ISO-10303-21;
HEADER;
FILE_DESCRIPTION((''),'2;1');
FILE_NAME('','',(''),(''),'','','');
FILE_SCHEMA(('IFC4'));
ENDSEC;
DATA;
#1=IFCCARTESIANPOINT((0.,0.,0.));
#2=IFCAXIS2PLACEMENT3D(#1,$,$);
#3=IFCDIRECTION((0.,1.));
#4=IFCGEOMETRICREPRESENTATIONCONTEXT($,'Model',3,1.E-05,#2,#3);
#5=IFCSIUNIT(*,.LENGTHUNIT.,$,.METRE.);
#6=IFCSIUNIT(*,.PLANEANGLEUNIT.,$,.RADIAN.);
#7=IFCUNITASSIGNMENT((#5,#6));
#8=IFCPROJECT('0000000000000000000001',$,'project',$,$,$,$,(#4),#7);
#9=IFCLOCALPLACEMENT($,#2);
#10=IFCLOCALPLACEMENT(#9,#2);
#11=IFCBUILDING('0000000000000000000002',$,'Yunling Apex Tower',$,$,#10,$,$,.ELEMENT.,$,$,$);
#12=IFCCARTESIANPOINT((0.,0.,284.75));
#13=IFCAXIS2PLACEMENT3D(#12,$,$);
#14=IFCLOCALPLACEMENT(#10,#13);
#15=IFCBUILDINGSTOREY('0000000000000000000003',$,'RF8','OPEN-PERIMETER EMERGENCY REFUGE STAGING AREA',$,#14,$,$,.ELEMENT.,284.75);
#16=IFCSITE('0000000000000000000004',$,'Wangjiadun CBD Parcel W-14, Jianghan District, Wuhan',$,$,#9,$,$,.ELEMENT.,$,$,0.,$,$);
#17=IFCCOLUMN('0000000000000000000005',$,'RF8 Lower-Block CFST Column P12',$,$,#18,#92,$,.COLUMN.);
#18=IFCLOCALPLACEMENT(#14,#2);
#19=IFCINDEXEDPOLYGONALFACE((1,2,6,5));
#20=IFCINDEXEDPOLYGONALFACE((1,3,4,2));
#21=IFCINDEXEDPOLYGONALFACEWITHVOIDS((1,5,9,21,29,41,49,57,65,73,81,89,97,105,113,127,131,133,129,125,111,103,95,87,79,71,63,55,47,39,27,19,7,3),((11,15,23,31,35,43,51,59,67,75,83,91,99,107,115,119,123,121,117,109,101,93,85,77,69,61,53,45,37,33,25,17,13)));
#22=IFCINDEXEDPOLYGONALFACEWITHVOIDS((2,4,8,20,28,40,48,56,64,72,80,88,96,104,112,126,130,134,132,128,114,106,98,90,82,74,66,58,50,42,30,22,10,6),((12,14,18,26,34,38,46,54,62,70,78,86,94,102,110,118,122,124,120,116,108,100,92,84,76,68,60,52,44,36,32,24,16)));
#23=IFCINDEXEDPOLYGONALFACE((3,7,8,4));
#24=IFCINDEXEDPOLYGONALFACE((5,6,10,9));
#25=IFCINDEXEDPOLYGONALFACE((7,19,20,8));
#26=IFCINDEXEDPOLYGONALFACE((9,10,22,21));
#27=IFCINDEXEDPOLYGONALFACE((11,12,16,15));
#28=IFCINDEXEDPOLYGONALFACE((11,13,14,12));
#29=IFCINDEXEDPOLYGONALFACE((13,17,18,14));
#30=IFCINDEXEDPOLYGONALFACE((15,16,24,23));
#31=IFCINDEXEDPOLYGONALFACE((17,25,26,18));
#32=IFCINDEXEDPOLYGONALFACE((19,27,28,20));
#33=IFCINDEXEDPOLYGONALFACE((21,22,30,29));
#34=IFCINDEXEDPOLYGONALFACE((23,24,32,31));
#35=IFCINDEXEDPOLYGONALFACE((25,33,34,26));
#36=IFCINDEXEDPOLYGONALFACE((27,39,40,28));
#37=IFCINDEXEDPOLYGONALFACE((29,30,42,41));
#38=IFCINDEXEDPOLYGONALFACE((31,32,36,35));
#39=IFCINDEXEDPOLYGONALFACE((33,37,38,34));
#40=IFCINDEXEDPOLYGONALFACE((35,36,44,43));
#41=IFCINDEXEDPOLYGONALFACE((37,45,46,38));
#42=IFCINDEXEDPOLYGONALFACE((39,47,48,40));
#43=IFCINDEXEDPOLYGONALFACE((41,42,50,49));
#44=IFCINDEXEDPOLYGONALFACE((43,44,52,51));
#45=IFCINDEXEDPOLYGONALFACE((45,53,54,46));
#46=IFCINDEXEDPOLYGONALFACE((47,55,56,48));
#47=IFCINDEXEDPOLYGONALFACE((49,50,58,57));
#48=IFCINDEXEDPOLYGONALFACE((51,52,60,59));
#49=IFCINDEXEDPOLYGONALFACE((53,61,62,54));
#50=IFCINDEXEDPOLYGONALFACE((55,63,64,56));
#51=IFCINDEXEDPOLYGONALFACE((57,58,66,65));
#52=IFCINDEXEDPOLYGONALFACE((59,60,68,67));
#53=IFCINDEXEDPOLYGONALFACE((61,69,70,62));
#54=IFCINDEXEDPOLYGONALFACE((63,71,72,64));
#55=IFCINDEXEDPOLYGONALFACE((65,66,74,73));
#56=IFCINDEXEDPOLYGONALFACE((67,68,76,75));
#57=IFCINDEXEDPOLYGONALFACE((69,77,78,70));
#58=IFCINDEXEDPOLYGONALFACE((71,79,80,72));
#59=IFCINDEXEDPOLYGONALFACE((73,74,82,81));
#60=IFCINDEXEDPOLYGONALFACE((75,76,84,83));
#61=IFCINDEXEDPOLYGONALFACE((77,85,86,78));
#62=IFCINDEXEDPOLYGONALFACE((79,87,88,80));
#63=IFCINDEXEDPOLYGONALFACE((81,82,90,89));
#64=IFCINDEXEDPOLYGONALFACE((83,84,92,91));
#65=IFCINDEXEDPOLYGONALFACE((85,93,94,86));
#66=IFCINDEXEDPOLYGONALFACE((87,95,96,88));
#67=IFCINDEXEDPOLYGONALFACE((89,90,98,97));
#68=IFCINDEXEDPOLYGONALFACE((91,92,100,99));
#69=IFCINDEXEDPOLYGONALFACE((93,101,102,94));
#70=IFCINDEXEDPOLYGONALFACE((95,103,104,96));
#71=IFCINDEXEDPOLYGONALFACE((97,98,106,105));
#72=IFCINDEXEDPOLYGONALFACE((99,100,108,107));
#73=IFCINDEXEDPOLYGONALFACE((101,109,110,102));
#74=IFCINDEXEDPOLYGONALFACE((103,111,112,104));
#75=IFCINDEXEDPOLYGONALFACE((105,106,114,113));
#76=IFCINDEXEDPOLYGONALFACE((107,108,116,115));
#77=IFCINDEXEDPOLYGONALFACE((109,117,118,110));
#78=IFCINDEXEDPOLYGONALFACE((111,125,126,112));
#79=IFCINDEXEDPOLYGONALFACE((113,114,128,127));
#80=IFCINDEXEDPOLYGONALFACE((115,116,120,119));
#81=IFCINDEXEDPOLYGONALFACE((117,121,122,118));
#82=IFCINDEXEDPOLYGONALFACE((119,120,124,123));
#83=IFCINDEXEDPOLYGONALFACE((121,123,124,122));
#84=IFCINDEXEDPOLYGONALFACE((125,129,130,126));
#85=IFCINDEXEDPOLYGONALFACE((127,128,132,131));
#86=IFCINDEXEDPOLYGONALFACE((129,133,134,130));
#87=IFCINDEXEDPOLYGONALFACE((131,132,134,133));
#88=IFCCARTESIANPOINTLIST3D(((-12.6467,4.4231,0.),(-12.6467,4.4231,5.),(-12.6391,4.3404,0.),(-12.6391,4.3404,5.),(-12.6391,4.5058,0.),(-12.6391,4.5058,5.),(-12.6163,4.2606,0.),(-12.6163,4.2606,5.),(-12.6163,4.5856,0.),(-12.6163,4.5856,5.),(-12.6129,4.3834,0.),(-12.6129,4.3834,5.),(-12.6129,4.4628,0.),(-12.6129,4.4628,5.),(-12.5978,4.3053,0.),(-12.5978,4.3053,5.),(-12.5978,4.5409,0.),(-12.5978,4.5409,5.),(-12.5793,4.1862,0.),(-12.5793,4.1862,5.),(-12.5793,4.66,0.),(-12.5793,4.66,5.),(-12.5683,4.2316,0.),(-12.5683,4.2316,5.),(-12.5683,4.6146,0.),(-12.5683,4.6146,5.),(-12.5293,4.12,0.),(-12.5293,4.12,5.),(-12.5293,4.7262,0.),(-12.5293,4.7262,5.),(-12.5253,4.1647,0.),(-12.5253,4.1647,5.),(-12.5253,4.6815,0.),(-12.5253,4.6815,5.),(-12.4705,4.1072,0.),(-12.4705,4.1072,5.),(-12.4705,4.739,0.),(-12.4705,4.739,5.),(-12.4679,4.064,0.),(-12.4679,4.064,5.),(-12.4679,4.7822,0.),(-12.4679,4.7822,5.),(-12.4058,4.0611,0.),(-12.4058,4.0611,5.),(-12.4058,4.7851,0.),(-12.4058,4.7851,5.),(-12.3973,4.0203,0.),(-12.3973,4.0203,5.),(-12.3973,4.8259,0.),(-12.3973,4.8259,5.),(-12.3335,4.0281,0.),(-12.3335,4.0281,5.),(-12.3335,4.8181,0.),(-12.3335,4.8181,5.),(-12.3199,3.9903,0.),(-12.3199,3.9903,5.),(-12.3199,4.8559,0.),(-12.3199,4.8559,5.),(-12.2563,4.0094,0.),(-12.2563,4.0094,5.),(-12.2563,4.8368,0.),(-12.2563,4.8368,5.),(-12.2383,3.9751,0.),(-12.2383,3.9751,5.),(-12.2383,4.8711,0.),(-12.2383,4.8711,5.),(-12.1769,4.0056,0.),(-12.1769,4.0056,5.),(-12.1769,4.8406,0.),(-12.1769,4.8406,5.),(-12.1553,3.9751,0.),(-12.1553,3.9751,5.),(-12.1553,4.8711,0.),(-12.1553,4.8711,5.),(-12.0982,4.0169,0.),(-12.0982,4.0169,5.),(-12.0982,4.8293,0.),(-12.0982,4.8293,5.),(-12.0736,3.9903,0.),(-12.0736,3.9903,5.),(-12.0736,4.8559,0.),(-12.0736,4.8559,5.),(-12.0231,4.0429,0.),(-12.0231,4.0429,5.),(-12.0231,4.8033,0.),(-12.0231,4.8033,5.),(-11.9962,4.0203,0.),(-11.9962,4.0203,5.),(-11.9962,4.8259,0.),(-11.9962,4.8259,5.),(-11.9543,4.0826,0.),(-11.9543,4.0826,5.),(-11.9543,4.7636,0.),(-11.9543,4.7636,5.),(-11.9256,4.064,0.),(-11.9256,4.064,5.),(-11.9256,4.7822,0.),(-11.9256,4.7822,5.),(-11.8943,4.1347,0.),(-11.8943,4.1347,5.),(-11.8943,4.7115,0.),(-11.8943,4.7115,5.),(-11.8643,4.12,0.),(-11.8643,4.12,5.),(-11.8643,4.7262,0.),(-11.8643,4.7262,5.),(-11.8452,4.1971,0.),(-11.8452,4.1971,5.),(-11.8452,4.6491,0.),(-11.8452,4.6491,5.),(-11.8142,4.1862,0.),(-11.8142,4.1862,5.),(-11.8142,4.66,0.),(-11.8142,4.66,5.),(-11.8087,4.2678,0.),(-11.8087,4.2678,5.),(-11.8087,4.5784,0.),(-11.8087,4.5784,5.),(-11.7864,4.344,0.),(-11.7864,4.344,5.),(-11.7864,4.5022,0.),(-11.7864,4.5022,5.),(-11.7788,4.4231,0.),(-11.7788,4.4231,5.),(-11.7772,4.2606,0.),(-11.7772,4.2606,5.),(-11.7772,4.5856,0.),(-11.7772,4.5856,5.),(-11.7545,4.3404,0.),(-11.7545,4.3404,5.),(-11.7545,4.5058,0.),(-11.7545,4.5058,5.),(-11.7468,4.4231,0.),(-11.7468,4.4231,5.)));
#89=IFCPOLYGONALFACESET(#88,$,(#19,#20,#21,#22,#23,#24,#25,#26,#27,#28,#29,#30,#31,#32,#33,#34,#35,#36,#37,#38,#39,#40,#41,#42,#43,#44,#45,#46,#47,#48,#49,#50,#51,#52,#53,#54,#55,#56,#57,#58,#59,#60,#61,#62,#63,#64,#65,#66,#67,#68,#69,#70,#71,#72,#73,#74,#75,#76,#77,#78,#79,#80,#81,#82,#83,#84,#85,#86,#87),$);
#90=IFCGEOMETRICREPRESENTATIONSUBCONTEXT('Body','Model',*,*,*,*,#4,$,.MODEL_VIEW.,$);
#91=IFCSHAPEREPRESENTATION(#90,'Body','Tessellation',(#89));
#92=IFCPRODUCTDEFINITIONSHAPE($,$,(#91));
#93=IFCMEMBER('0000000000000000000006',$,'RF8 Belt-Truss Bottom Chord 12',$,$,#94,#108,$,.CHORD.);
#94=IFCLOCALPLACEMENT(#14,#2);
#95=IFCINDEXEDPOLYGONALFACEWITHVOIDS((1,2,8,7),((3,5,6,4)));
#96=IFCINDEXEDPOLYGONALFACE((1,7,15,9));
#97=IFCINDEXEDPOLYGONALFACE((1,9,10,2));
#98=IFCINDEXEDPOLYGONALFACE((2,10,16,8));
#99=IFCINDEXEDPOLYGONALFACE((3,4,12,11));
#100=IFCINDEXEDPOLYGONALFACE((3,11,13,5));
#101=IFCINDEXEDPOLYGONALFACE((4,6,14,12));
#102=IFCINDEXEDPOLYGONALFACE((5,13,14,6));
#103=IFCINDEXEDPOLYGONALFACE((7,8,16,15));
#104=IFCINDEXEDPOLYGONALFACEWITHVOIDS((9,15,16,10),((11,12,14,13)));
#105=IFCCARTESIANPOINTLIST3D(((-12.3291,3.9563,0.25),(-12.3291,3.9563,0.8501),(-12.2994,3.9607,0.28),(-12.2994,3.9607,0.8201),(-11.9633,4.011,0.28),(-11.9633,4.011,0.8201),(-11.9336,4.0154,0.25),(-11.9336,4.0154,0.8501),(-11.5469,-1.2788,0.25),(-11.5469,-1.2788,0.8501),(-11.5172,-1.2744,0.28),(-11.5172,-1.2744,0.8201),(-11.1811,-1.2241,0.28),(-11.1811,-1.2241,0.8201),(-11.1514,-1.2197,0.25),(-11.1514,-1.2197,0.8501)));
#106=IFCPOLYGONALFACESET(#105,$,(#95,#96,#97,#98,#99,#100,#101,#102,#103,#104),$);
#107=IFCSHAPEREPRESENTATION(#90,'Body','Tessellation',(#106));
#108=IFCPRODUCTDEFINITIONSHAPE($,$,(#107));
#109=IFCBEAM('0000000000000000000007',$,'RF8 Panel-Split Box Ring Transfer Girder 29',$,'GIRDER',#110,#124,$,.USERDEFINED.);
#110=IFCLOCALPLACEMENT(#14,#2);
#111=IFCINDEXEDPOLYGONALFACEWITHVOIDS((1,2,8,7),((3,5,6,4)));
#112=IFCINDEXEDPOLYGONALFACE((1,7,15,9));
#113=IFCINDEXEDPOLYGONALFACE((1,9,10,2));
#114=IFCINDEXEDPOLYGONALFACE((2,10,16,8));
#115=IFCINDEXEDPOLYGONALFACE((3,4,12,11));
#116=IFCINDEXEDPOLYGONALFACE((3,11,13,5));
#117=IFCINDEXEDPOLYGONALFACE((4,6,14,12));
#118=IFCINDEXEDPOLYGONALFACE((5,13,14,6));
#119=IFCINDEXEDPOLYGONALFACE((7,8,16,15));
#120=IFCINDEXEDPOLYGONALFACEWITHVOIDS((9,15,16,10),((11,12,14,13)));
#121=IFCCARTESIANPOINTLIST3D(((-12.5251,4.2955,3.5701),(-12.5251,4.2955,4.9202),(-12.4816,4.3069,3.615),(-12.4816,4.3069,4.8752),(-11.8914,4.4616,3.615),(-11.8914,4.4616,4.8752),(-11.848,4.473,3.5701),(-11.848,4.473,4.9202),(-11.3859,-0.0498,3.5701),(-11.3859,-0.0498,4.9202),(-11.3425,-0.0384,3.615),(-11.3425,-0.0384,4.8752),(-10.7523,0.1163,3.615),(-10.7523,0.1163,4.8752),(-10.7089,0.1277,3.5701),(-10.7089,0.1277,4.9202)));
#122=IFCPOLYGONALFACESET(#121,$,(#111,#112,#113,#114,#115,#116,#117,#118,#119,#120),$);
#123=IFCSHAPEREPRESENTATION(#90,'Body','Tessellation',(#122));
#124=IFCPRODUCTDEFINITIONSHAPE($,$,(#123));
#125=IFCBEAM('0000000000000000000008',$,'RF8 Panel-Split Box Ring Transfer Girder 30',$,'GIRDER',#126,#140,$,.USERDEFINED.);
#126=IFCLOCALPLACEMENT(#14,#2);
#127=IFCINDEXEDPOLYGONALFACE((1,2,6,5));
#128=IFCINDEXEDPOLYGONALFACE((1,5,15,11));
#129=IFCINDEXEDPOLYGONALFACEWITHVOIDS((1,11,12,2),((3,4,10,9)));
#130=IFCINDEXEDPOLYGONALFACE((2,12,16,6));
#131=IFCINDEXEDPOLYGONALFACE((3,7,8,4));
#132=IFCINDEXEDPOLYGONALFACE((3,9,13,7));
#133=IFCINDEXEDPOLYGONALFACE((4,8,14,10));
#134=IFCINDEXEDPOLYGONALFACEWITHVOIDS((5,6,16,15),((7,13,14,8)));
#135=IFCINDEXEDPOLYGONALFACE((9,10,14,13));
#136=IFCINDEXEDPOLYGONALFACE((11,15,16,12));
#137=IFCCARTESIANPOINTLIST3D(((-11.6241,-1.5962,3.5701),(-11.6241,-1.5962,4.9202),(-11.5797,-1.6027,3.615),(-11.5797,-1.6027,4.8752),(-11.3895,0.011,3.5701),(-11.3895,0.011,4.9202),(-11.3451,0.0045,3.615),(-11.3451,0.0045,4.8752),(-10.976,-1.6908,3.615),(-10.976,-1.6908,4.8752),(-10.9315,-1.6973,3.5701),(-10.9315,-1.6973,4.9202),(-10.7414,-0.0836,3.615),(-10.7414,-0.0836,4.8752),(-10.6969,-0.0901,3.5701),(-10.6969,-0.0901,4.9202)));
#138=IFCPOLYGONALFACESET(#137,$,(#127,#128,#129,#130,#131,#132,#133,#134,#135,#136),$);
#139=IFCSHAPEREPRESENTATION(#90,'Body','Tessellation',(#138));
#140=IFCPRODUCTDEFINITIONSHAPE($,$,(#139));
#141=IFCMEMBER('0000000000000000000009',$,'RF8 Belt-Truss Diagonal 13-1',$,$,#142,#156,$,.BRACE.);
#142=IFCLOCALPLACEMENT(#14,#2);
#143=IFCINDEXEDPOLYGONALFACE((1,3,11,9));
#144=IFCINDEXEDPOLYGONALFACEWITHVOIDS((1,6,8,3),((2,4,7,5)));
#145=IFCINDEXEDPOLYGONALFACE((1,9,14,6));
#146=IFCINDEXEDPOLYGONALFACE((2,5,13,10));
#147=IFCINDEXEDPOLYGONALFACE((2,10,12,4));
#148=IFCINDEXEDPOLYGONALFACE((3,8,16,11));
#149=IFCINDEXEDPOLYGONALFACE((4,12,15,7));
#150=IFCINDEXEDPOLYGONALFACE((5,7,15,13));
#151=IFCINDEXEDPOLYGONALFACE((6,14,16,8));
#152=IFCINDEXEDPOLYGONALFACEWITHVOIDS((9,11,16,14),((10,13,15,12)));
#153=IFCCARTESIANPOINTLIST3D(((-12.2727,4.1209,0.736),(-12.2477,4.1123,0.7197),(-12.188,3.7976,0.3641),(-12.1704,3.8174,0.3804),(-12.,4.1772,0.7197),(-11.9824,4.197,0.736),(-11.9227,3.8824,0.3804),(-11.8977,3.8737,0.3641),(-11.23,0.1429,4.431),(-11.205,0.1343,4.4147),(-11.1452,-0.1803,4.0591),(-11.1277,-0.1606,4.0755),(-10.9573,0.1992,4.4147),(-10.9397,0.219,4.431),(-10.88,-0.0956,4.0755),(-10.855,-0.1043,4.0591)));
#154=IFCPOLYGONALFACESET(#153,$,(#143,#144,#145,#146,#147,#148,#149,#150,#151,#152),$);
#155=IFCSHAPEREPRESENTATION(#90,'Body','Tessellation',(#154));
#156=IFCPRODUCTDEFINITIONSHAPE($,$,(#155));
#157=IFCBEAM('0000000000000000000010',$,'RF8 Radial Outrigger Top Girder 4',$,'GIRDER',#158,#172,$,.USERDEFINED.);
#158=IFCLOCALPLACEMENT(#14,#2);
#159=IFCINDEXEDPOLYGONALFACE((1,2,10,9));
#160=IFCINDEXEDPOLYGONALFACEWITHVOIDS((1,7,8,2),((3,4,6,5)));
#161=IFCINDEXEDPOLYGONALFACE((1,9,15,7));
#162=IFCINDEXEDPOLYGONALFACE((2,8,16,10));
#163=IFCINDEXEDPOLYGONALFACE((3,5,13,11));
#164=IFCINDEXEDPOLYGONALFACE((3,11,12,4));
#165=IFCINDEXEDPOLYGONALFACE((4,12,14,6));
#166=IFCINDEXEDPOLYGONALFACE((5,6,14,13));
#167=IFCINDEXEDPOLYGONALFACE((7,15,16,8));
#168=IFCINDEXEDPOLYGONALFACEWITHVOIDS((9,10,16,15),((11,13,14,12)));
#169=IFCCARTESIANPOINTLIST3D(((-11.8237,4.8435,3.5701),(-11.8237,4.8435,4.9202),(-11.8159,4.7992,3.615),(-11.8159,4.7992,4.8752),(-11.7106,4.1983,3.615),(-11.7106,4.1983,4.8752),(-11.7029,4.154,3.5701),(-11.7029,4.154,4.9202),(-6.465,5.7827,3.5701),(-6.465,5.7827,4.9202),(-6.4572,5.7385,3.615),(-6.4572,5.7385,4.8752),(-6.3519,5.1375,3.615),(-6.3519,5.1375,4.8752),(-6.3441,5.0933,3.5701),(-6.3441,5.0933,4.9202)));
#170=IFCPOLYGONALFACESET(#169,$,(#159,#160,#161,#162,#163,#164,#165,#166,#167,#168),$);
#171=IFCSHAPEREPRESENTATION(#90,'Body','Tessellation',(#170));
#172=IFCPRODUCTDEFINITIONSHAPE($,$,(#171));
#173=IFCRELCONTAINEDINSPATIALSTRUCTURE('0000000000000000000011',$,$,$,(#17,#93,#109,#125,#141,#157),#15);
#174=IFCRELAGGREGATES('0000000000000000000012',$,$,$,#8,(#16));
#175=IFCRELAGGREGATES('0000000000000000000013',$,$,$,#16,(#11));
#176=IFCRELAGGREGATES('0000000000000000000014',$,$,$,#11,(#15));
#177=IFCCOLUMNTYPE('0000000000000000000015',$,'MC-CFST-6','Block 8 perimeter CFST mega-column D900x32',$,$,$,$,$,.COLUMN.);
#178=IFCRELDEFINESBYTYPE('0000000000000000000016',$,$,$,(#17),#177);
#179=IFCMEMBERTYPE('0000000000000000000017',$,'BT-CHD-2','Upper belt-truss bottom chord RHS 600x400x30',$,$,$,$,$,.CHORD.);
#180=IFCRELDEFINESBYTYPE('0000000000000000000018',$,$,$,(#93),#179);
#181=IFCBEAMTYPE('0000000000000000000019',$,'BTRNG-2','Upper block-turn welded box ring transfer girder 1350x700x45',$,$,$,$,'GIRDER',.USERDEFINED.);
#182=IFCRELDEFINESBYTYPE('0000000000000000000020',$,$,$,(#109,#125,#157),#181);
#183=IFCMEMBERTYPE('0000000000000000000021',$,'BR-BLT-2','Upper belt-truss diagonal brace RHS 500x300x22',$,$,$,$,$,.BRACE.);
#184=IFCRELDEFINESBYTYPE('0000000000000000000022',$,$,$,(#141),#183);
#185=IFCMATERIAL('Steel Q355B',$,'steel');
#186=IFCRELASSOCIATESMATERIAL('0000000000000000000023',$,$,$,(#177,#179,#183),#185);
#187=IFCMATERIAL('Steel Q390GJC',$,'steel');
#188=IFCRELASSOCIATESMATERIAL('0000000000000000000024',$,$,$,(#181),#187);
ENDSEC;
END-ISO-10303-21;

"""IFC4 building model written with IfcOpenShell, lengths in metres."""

from ifc_helpers import new_model, si_unit, direction, frame, origin, origin_2d, place, context, subcontext, project, spatial, hollow_rectangle, hollow_circle, extrude, source, transform, mapped, material, material_profile, profile_set, type_object, element, save


model = new_model("IFC4")

# Units and contexts
model_context = context("Model", 3, precision=1e-05, world=origin(), true_north=direction((0.0, 1.0)))
body_context = subcontext(model_context, "Body", "Model", "MODEL_VIEW")
ifc_project = project(units=[si_unit("LENGTHUNIT", "METRE"), si_unit("PLANEANGLEUNIT", "RADIAN")], contexts=[model_context])

# Site, building, storey
site_placement = place(None, origin())
site = spatial("IfcSite", under=ifc_project, at=site_placement, Name="Wangjiadun CBD Parcel W-14, Jianghan District, Wuhan", CompositionType="ELEMENT", RefElevation=0.0)
building_placement = place(site_placement, origin())
building = spatial("IfcBuilding", under=site, at=building_placement, Name="Yunling Apex Tower", CompositionType="ELEMENT")
storey_placement = place(building_placement, frame((0.0, 0.0, 284.75)))
storey = spatial("IfcBuildingStorey", under=building, at=storey_placement, Name="RF8", Description="OPEN-PERIMETER EMERGENCY REFUGE STAGING AREA", CompositionType="ELEMENT", Elevation=284.75)

# Column
ifc_material_1 = material(Name="Steel Q355B", Category="steel")
ifc_material_profile_1 = material_profile(ifc_material_1, hollow_circle(Radius=0.45, WallThickness=0.032, at=origin_2d()))
ifc_profile_set_1 = profile_set([ifc_material_profile_1], Name="Steel Q355B")
column_type = type_object("IfcColumnType", Name="MC-CFST-6", Description="Block 8 perimeter CFST mega-column D900x32", PredefinedType="COLUMN", material=ifc_profile_set_1)
shared_shape_1 = source(origin(), body_context, "Body", "SweptSolid", [
    extrude(hollow_circle(Radius=0.45, WallThickness=0.032, at=origin_2d()), origin(), (0.0, 0.0, 1.0), 5.0),
])
column_placement = place(storey_placement, frame((-12.1968, 4.4231, 0.0), z_axis=(0.0, 0.0, 1.0), x_axis=(1.0, 0.0, 0.0)))
element("IfcColumn", 1, at=column_placement, inside=storey, type_object=column_type, Name="RF8 Lower-Block CFST Column P12", PredefinedType="COLUMN", context=body_context, shape_type="MappedRepresentation", body=[
    mapped(shared_shape_1, transform((0.0, 0.0, 0.0), scale=1.0)),
])

# Member
ifc_material_profile_2 = material_profile(ifc_material_1, hollow_rectangle(XDim=0.3999, YDim=0.6001, WallThickness=0.03, at=origin_2d()))
ifc_profile_set_2 = profile_set([ifc_material_profile_2], Name="Steel Q355B")
member_type_1 = type_object("IfcMemberType", Name="BT-CHD-2", Description="Upper belt-truss bottom chord RHS 600x400x30", PredefinedType="CHORD", material=ifc_profile_set_2)
shared_shape_2 = source(origin(), body_context, "Body", "SweptSolid", [
    extrude(hollow_rectangle(XDim=0.3999, YDim=0.6001, WallThickness=0.03, at=origin_2d()), origin(), (0.0, 0.0, 1.0), 5.2932),
])
member_1_placement = place(storey_placement, frame((-12.1313, 3.9858, 0.55), z_axis=(0.147779, -0.98902, 0.0), x_axis=(0.98902, 0.147779, 0.0)))
element("IfcMember", 2, at=member_1_placement, inside=storey, type_object=member_type_1, Name="RF8 Belt-Truss Bottom Chord 12", PredefinedType="CHORD", context=body_context, shape_type="MappedRepresentation", body=[
    mapped(shared_shape_2, transform((0.0, 0.0, 0.0), scale=1.0)),
])

# Beams
ifc_material_2 = material(Name="Steel Q390GJC", Category="steel")
ifc_material_profile_3 = material_profile(ifc_material_2, hollow_rectangle(XDim=0.7, YDim=1.3501, WallThickness=0.0449, at=origin_2d()))
ifc_profile_set_3 = profile_set([ifc_material_profile_3], Name="Steel Q390GJC")
beam_type = type_object("IfcBeamType", Name="BTRNG-2", Description="Upper block-turn welded box ring transfer girder 1350x700x45", ElementType="GIRDER", PredefinedType="USERDEFINED", material=ifc_profile_set_3)
shared_shape_3 = source(origin(), body_context, "Body", "SweptSolid", [
    extrude(hollow_rectangle(XDim=0.7, YDim=1.3501, WallThickness=0.0449, at=origin_2d()), origin(), (0.0, 0.0, 1.0), 4.4922),
])
beam_1_placement = place(storey_placement, frame((-12.1865, 4.3843, 4.2451), z_axis=(0.253581, -0.967314, 0.0), x_axis=(0.967314, 0.253581, 0.0)))
element("IfcBeam", 3, at=beam_1_placement, inside=storey, type_object=beam_type, Name="RF8 Panel-Split Box Ring Transfer Girder 29", ObjectType="GIRDER", PredefinedType="USERDEFINED", context=body_context, shape_type="MappedRepresentation", body=[
    mapped(shared_shape_3, transform((0.0, 0.0, 0.0), scale=1.0)),
])
shared_shape_4 = source(origin(), body_context, "Body", "SweptSolid", [
    extrude(hollow_rectangle(XDim=0.7, YDim=1.3501, WallThickness=0.0449, at=origin_2d()), origin(), (0.0, 0.0, 1.0), 1.6243),
])
beam_2_placement = place(storey_placement, frame((-11.0432, -0.0396, 4.2451), z_axis=(-0.144451, -0.989512, 0.0), x_axis=(0.989512, -0.144451, 0.0)))
element("IfcBeam", 4, at=beam_2_placement, inside=storey, type_object=beam_type, Name="RF8 Panel-Split Box Ring Transfer Girder 30", ObjectType="GIRDER", PredefinedType="USERDEFINED", context=body_context, shape_type="MappedRepresentation", body=[
    mapped(shared_shape_4, transform((0.0, 0.0, 0.0), scale=1.0)),
])

# Member
ifc_material_profile_4 = material_profile(ifc_material_1, hollow_rectangle(XDim=0.3, YDim=0.5, WallThickness=0.022, at=origin_2d()))
ifc_profile_set_4 = profile_set([ifc_material_profile_4], Name="Steel Q355B")
member_type_2 = type_object("IfcMemberType", Name="BR-BLT-2", Description="Upper belt-truss diagonal brace RHS 500x300x22", PredefinedType="BRACE", material=ifc_profile_set_4)
shared_shape_5 = source(origin(), body_context, "Body", "SweptSolid", [
    extrude(hollow_rectangle(XDim=0.3, YDim=0.5, WallThickness=0.022, at=origin_2d()), origin(), (0.0, 0.0, 1.0), 5.5286),
])
member_2_placement = place(storey_placement, frame((-12.0852, 3.9973, 0.55), z_axis=(0.188605, -0.719535, 0.668354), x_axis=(0.967321, 0.253555, 0.0)))
element("IfcMember", 5, at=member_2_placement, inside=storey, type_object=member_type_2, Name="RF8 Belt-Truss Diagonal 13-1", PredefinedType="BRACE", context=body_context, shape_type="MappedRepresentation", body=[
    mapped(shared_shape_5, transform((0.0, 0.0, 0.0), scale=1.0)),
])

# Beam
shared_shape_6 = source(origin(), body_context, "Body", "SweptSolid", [
    extrude(hollow_rectangle(XDim=0.7, YDim=1.3501, WallThickness=0.0449, at=origin_2d()), origin(), (0.0, 0.0, 1.0), 5.4404),
])
beam_3_placement = place(storey_placement, frame((-6.4045, 5.438, 4.2451), z_axis=(-0.984985, -0.172638, 0.0), x_axis=(0.172638, -0.984985, 0.0)))
element("IfcBeam", 6, at=beam_3_placement, inside=storey, type_object=beam_type, Name="RF8 Radial Outrigger Top Girder 4", ObjectType="GIRDER", PredefinedType="USERDEFINED", context=body_context, shape_type="MappedRepresentation", body=[
    mapped(shared_shape_6, transform((0.0, 0.0, 0.0), scale=1.0)),
])

save(model, "model.ifc")
